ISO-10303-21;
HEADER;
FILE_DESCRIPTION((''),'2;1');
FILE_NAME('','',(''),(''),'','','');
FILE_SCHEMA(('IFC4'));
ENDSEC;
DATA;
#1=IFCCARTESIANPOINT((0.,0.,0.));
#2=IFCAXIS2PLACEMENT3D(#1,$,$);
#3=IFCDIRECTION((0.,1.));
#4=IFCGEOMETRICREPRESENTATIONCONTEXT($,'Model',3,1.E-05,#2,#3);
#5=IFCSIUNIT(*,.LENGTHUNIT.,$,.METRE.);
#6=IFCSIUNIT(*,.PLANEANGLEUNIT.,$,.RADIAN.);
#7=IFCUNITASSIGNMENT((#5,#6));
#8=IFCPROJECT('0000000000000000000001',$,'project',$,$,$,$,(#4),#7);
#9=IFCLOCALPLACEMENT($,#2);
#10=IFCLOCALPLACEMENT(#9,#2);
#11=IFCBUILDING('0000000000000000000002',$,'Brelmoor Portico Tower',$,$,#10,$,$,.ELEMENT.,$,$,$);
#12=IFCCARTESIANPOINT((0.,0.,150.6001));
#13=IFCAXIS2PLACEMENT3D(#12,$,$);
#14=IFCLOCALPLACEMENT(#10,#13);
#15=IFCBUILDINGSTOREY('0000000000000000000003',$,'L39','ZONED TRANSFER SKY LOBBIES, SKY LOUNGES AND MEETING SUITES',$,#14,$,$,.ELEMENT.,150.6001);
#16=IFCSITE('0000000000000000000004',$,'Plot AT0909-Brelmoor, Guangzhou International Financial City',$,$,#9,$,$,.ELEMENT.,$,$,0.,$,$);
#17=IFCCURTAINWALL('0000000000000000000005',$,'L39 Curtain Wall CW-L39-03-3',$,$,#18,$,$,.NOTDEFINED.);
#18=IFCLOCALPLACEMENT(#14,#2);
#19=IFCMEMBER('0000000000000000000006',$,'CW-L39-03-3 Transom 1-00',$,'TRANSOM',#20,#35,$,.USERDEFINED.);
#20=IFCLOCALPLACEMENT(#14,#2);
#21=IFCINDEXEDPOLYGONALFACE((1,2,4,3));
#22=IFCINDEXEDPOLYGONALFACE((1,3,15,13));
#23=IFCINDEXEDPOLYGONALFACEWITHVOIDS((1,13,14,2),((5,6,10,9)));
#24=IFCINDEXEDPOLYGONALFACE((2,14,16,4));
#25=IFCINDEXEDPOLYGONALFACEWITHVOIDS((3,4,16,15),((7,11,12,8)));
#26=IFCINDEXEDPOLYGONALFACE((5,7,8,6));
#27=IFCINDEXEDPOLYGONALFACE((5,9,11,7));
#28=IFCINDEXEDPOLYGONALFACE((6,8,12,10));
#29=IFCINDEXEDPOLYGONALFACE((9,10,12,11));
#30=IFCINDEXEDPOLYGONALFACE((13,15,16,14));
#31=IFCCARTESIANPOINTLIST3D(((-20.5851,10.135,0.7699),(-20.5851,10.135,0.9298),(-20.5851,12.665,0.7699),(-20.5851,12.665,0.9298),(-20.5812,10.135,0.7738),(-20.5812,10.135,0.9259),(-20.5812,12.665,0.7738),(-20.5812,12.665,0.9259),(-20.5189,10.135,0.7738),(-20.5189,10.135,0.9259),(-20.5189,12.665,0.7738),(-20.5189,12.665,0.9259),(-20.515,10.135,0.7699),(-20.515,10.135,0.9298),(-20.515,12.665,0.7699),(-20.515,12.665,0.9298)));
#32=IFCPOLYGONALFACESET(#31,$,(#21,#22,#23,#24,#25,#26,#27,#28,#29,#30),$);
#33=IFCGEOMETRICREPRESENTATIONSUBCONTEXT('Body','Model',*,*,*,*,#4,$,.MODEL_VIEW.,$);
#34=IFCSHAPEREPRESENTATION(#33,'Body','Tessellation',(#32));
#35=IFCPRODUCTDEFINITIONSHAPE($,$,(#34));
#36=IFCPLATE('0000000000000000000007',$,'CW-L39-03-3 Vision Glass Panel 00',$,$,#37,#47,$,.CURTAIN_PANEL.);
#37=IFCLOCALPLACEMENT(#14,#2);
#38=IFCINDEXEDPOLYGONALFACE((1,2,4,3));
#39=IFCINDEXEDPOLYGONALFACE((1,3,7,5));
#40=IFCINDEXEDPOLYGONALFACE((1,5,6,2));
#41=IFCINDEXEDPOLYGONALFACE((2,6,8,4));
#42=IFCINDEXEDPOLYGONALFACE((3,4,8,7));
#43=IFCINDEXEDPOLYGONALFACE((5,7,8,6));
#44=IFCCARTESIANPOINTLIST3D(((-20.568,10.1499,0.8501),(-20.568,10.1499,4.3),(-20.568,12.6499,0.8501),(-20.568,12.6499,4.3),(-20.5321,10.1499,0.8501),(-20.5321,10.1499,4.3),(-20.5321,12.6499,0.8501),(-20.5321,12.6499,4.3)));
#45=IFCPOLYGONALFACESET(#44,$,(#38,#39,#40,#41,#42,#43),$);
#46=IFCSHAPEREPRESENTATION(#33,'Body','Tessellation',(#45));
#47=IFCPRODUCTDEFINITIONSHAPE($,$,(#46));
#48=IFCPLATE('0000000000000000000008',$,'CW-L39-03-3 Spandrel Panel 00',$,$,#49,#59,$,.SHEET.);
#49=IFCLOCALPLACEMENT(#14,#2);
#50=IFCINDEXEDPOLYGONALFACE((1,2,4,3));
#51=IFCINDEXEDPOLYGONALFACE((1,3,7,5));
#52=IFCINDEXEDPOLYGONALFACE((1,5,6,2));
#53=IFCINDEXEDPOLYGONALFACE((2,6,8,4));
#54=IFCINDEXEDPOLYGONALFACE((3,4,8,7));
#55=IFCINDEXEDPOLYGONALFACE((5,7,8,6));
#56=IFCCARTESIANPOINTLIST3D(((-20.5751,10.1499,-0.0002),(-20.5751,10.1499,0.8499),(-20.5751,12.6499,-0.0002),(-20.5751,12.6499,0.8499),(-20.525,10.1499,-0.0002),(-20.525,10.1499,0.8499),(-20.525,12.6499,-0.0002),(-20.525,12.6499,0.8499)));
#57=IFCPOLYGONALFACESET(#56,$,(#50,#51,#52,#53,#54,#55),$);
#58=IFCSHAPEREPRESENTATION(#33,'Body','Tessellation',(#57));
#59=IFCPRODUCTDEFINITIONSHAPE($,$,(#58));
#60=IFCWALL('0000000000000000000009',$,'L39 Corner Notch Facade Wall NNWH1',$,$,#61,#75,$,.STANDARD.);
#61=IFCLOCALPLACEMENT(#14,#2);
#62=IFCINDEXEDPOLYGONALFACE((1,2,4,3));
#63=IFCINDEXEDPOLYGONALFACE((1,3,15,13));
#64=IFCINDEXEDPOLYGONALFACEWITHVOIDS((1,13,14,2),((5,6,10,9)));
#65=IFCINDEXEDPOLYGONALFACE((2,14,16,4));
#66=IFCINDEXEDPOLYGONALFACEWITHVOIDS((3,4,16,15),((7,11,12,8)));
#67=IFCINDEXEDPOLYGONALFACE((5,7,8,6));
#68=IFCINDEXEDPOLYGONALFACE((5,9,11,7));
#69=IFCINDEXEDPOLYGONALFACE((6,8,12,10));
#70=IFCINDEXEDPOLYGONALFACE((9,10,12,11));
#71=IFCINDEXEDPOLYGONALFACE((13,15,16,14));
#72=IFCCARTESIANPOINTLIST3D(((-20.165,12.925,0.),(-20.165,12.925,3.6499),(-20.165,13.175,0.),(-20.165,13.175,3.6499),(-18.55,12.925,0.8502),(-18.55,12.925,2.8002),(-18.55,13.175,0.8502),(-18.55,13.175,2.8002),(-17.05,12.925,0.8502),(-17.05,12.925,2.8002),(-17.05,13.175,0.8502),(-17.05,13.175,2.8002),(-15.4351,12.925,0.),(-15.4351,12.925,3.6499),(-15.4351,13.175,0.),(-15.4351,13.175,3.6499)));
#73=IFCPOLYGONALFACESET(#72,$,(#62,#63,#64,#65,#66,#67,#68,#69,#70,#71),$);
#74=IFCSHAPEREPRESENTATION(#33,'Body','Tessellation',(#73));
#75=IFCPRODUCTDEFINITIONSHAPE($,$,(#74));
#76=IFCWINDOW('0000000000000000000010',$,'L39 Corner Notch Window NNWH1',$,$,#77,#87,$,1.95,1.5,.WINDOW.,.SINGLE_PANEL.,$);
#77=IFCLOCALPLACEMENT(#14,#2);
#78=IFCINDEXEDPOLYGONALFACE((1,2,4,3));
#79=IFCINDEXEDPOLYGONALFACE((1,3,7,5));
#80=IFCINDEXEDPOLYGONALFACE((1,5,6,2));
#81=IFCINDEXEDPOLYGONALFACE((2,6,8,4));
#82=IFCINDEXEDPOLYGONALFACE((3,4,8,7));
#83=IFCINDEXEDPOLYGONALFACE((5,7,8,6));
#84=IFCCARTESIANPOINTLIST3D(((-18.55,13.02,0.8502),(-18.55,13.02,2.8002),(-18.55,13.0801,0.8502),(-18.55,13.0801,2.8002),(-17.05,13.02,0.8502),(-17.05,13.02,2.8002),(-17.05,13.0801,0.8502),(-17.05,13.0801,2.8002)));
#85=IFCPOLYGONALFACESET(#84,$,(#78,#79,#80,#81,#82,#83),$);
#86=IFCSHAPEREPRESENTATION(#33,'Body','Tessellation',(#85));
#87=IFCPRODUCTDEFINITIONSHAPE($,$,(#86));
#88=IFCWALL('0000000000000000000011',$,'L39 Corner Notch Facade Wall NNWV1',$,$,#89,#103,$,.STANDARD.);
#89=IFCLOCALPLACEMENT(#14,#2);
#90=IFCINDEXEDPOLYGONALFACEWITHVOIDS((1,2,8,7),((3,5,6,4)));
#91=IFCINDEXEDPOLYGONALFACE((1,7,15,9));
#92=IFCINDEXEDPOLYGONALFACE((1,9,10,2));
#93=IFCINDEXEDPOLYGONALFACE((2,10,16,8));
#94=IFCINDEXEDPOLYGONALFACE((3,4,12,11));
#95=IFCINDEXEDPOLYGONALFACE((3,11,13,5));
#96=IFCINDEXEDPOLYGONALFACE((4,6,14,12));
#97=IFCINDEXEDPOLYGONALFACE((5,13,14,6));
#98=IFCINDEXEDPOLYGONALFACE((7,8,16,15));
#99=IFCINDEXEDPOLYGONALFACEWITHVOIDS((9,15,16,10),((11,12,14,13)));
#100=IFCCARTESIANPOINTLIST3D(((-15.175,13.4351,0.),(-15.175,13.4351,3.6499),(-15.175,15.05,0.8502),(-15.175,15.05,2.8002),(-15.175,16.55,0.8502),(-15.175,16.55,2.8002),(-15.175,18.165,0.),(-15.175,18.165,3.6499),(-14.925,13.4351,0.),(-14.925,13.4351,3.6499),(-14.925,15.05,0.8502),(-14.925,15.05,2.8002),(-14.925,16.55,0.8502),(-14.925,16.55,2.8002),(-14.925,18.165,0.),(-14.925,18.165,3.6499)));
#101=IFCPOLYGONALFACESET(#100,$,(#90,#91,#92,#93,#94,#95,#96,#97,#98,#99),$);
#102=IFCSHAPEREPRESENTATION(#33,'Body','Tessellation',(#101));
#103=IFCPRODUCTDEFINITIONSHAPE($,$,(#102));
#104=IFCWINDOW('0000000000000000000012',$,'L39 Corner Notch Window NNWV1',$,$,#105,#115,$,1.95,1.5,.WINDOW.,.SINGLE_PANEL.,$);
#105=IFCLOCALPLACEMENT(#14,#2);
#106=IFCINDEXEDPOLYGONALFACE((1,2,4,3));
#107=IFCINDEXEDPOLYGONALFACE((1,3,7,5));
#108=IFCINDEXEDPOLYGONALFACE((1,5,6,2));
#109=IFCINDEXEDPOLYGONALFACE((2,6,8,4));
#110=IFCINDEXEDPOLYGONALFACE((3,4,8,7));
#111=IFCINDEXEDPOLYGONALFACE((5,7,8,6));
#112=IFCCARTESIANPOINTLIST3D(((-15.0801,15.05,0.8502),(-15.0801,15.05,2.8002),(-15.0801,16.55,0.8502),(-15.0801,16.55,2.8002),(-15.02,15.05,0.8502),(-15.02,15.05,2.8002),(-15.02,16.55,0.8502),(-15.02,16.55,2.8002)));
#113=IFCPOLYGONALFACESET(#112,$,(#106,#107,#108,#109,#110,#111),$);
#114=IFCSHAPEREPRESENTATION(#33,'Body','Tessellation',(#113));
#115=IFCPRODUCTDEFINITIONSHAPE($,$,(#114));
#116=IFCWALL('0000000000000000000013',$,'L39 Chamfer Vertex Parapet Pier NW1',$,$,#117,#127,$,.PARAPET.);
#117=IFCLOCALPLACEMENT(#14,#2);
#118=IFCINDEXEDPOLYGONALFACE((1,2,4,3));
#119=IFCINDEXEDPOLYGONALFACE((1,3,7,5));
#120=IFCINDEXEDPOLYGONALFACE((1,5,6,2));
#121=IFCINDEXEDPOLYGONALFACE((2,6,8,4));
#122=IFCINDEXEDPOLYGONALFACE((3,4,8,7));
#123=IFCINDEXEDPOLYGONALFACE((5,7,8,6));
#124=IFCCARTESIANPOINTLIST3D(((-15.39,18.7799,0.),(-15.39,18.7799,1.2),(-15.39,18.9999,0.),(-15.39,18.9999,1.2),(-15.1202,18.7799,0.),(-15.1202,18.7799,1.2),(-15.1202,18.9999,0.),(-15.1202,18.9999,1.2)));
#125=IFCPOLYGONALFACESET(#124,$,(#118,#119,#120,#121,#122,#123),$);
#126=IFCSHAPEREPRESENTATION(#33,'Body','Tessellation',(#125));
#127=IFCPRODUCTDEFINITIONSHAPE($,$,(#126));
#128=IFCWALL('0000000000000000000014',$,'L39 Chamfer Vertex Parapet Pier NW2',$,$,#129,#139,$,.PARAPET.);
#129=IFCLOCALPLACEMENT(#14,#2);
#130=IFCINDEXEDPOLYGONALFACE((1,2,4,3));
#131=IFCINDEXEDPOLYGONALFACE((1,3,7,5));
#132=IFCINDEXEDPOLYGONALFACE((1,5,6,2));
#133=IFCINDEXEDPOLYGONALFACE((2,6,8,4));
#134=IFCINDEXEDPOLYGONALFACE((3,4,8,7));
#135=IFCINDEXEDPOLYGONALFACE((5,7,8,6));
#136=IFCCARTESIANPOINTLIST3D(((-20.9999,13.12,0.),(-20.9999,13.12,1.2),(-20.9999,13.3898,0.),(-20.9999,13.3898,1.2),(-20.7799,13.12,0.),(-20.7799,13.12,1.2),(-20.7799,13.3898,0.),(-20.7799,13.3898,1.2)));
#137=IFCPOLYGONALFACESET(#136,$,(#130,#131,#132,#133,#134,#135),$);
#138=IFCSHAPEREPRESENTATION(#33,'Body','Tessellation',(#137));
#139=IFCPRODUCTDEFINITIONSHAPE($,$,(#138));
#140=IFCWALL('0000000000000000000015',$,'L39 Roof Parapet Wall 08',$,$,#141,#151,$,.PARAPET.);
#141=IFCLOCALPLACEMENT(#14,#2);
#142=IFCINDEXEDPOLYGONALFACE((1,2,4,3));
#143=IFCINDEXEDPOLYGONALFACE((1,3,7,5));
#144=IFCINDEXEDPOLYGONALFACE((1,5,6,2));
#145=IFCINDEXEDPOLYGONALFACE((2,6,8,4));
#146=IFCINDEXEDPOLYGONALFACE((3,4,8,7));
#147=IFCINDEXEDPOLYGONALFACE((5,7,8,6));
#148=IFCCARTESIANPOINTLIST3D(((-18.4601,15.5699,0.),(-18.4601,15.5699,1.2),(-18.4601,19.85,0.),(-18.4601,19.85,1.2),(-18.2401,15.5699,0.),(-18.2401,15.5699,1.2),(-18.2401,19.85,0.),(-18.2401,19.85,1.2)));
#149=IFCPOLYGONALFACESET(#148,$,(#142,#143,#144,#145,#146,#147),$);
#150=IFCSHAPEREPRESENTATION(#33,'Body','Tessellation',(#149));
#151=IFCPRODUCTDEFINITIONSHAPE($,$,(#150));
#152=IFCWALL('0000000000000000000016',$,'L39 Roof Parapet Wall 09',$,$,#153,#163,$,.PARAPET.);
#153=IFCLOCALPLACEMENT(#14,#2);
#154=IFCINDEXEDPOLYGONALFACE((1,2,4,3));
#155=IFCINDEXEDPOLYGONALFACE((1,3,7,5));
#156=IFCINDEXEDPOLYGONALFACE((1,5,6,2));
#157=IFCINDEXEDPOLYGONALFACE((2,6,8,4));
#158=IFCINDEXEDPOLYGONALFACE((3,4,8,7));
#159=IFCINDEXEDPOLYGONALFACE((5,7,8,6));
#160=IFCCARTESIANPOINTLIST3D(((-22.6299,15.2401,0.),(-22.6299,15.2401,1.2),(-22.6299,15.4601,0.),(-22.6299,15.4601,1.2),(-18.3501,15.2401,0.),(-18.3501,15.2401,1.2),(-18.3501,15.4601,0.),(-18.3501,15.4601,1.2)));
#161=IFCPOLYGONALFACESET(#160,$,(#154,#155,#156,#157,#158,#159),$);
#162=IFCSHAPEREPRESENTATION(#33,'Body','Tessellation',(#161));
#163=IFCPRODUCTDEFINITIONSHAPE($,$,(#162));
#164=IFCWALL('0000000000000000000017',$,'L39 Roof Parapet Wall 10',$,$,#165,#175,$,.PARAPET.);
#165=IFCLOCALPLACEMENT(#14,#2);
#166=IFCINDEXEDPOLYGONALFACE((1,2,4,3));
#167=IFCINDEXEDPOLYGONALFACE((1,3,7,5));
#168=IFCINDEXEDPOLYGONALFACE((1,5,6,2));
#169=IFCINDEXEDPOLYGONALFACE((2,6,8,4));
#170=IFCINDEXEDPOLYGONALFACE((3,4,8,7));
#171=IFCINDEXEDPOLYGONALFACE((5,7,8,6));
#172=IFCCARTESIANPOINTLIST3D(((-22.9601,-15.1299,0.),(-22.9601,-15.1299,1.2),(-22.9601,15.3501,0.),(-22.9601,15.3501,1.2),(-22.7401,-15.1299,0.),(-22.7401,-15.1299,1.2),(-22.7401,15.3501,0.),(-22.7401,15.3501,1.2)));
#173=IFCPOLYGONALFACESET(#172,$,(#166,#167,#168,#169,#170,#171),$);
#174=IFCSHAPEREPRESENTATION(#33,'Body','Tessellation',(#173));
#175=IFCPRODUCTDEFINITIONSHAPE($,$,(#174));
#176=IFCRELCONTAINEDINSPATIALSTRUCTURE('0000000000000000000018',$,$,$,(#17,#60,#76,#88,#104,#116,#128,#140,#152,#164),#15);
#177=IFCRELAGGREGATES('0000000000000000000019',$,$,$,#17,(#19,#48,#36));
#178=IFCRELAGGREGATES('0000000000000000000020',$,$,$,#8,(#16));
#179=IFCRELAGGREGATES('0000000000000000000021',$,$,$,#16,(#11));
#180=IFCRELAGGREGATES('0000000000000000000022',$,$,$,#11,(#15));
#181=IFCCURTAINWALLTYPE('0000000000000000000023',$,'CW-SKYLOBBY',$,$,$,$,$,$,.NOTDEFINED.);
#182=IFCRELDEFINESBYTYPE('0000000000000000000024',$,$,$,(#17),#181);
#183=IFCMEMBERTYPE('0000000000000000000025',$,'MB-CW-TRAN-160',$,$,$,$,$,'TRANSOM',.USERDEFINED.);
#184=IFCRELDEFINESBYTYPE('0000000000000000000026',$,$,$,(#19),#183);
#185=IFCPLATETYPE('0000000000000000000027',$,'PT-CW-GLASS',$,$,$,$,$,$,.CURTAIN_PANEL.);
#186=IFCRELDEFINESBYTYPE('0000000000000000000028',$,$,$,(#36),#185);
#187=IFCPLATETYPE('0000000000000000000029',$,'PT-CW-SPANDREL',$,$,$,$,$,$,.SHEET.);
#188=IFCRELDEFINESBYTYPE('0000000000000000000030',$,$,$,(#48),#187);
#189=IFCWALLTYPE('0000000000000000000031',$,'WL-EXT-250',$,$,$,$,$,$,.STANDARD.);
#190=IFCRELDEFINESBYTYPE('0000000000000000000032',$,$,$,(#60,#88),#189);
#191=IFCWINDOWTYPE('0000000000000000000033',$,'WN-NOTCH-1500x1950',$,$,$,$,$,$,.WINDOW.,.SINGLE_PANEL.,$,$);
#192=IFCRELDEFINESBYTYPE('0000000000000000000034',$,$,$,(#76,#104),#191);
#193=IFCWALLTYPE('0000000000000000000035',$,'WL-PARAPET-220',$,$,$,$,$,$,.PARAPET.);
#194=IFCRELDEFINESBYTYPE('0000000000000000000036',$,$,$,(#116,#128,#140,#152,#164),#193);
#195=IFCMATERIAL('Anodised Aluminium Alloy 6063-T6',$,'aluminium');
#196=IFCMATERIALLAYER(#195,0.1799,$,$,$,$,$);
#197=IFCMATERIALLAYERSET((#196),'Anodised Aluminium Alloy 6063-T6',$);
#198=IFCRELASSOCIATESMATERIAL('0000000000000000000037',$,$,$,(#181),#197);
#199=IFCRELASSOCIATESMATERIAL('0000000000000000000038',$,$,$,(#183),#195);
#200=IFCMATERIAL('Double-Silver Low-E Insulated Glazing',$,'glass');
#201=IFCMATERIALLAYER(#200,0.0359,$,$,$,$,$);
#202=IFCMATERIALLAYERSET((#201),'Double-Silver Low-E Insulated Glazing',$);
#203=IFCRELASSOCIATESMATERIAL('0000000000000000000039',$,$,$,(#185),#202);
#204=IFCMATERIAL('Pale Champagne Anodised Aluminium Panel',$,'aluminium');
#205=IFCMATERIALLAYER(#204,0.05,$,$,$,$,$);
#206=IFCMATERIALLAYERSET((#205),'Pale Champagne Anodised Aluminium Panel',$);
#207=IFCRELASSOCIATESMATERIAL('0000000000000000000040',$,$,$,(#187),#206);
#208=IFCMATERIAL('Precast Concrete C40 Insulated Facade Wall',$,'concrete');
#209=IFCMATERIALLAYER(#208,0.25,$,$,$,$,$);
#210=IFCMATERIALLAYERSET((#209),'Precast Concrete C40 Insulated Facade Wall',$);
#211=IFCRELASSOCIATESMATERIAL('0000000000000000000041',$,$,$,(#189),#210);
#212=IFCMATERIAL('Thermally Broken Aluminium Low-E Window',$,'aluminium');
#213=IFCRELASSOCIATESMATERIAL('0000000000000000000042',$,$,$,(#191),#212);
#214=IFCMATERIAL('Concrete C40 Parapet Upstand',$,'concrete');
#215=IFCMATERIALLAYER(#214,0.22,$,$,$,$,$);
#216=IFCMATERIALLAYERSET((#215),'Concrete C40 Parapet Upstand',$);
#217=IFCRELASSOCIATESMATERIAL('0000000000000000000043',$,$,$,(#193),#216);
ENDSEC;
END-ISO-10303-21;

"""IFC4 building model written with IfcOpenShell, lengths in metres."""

from ifc_helpers import new_model, si_unit, direction, frame, frame_2d, origin, origin_2d, place, context, subcontext, project, spatial, rectangle, hollow_rectangle, extrude, material, layer, layer_set, material_profile, profile_set, type_object, element, fill, aggregate, save


model = new_model("IFC4")

# Units and contexts
model_context = context("Model", 3, precision=1e-05, world=origin(), true_north=direction((0.0, 1.0)))
body_context = subcontext(model_context, "Body", "Model", "MODEL_VIEW")
ifc_project = project(units=[si_unit("LENGTHUNIT", "METRE"), si_unit("PLANEANGLEUNIT", "RADIAN")], contexts=[model_context])

# Site, building, storey
site_placement = place(None, origin())
site = spatial("IfcSite", under=ifc_project, at=site_placement, Name="Plot AT0909-Brelmoor, Guangzhou International Financial City", CompositionType="ELEMENT", RefElevation=0.0)
building_placement = place(site_placement, origin())
building = spatial("IfcBuilding", under=site, at=building_placement, Name="Brelmoor Portico Tower", CompositionType="ELEMENT")
storey_placement = place(building_placement, frame((0.0, 0.0, 150.6001)))
storey = spatial("IfcBuildingStorey", under=building, at=storey_placement, Name="L39", Description="ZONED TRANSFER SKY LOBBIES, SKY LOUNGES AND MEETING SUITES", CompositionType="ELEMENT", Elevation=150.6001)

# Shared definitions
ifc_material_1 = material(Name="Anodised Aluminium Alloy 6063-T6", Category="aluminium")
ifc_layer_1 = layer(ifc_material_1, 0.1799)
ifc_layer_set_1 = layer_set([ifc_layer_1], Name="Anodised Aluminium Alloy 6063-T6")
curtain_wall_type = type_object("IfcCurtainWallType", Name="CW-SKYLOBBY", PredefinedType="NOTDEFINED", material=ifc_layer_set_1)

# Curtain wall
curtain_wall_1_placement = place(storey_placement, origin())
curtain_wall_1 = element("IfcCurtainWall", 1, at=curtain_wall_1_placement, inside=storey, type_object=curtain_wall_type, Name="L39 Curtain Wall CW-L39-03-3", PredefinedType="NOTDEFINED")

# Member
ifc_material_profile_1 = material_profile(ifc_material_1, hollow_rectangle(XDim=0.0701, YDim=0.1599, WallThickness=0.0039, at=origin_2d()), Name="ALU TRANSOM 70x160")
ifc_profile_set_1 = profile_set([ifc_material_profile_1], Name="Anodised Aluminium Alloy 6063-T6")
member_type_1 = type_object("IfcMemberType", Name="MB-CW-TRAN-160", ElementType="TRANSOM", PredefinedType="USERDEFINED", material=ifc_profile_set_1)
member_1_placement = place(storey_placement, frame((-20.55, 10.135, 0.8499), z_axis=(0.0, 1.0, 0.0), x_axis=(-1.0, 0.0, 0.0)))
member_1 = element("IfcMember", 2, at=member_1_placement, type_object=member_type_1, Name="CW-L39-03-3 Transom 1-00", ObjectType="TRANSOM", PredefinedType="USERDEFINED", context=body_context, shape_type="SweptSolid", body=[
    extrude(hollow_rectangle(XDim=0.0701, YDim=0.1599, WallThickness=0.0039, at=origin_2d()), origin(), (0.0, 0.0, 1.0), 2.53),
])

# Plates
ifc_material_2 = material(Name="Double-Silver Low-E Insulated Glazing", Category="glass")
ifc_layer_2 = layer(ifc_material_2, 0.0359)
ifc_layer_set_2 = layer_set([ifc_layer_2], Name="Double-Silver Low-E Insulated Glazing")
plate_type_1 = type_object("IfcPlateType", Name="PT-CW-GLASS", PredefinedType="CURTAIN_PANEL", material=ifc_layer_set_2)
plate_1_placement = place(storey_placement, frame((-20.55, 11.3999, 0.8501), z_axis=(0.0, 0.0, 1.0), x_axis=(0.0, 1.0, 0.0)))
plate_1 = element("IfcPlate", 3, at=plate_1_placement, type_object=plate_type_1, Name="CW-L39-03-3 Vision Glass Panel 00", PredefinedType="CURTAIN_PANEL", context=body_context, shape_type="SweptSolid", body=[
    extrude(rectangle(XDim=2.5, YDim=0.0359, at=origin_2d()), origin(), (0.0, 0.0, 1.0), 3.45),
])
ifc_material_3 = material(Name="Pale Champagne Anodised Aluminium Panel", Category="aluminium")
ifc_layer_3 = layer(ifc_material_3, 0.05)
ifc_layer_set_3 = layer_set([ifc_layer_3], Name="Pale Champagne Anodised Aluminium Panel")
plate_type_2 = type_object("IfcPlateType", Name="PT-CW-SPANDREL", PredefinedType="SHEET", material=ifc_layer_set_3)
plate_2_placement = place(storey_placement, frame((-20.55, 11.3999, -0.0002), z_axis=(0.0, 0.0, 1.0), x_axis=(0.0, 1.0, 0.0)))
plate_2 = element("IfcPlate", 4, at=plate_2_placement, type_object=plate_type_2, Name="CW-L39-03-3 Spandrel Panel 00", PredefinedType="SHEET", context=body_context, shape_type="SweptSolid", body=[
    extrude(rectangle(XDim=2.5, YDim=0.05, at=origin_2d()), origin(), (0.0, 0.0, 1.0), 0.8501),
])
aggregate(curtain_wall_1, [member_1, plate_2, plate_1])

# Walls, openings, windows
ifc_material_4 = material(Name="Precast Concrete C40 Insulated Facade Wall", Category="concrete")
ifc_layer_4 = layer(ifc_material_4, 0.25)
ifc_layer_set_4 = layer_set([ifc_layer_4], Name="Precast Concrete C40 Insulated Facade Wall")
wall_type_1 = type_object("IfcWallType", Name="WL-EXT-250", PredefinedType="STANDARD", material=ifc_layer_set_4)
wall_1_placement = place(storey_placement, frame((-20.165, 13.05, 0.0), z_axis=(0.0, 0.0, 1.0), x_axis=(1.0, 0.0, 0.0)))
wall_1 = element("IfcWall", 5, at=wall_1_placement, inside=storey, type_object=wall_type_1, Name="L39 Corner Notch Facade Wall NNWH1", PredefinedType="STANDARD", context=body_context, shape_type="SweptSolid", body=[
    extrude(rectangle(XDim=4.73, YDim=0.25, at=frame_2d((2.365, 0.0))), origin(), (0.0, 0.0, 1.0), 3.6499),
])
opening_1_placement = place(wall_1_placement, frame((1.615, 0.0, 0.8501)))
opening_1 = element("IfcOpeningElement", 6, at=opening_1_placement, cuts=wall_1, PredefinedType="OPENING", context=body_context, shape_type="SweptSolid", body=[
    extrude(rectangle(XDim=1.5, YDim=1.95, at=frame_2d((0.75, 0.9751))), frame((0.0, 0.135, 0.0), z_axis=(0.0, -1.0, 0.0), x_axis=(1.0, 0.0, 0.0)), (0.0, 0.0, 1.0), 0.27),
])
ifc_material_5 = material(Name="Thermally Broken Aluminium Low-E Window", Category="aluminium")
window_type = type_object("IfcWindowType", Name="WN-NOTCH-1500x1950", PartitioningType="SINGLE_PANEL", PredefinedType="WINDOW", material=ifc_material_5)
window_1_placement = place(opening_1_placement, origin())
window_1 = element("IfcWindow", 7, at=window_1_placement, inside=storey, type_object=window_type, Name="L39 Corner Notch Window NNWH1", OverallHeight=1.95, OverallWidth=1.5, PartitioningType="SINGLE_PANEL", PredefinedType="WINDOW", context=body_context, shape_type="SweptSolid", body=[
    extrude(rectangle(XDim=1.5, YDim=1.95, at=frame_2d((0.75, 0.9751))), frame((0.0, 0.03, 0.0), z_axis=(0.0, -1.0, 0.0), x_axis=(1.0, 0.0, 0.0)), (0.0, 0.0, 1.0), 0.0601),
])
fill(opening_1, window_1)
wall_2_placement = place(storey_placement, frame((-15.05, 13.4351, 0.0), z_axis=(0.0, 0.0, 1.0), x_axis=(0.0, 1.0, 0.0)))
wall_2 = element("IfcWall", 8, at=wall_2_placement, inside=storey, type_object=wall_type_1, Name="L39 Corner Notch Facade Wall NNWV1", PredefinedType="STANDARD", context=body_context, shape_type="SweptSolid", body=[
    extrude(rectangle(XDim=4.73, YDim=0.25, at=frame_2d((2.365, 0.0))), origin(), (0.0, 0.0, 1.0), 3.6499),
])
opening_2_placement = place(wall_2_placement, frame((1.615, 0.0, 0.8501)))
opening_2 = element("IfcOpeningElement", 9, at=opening_2_placement, cuts=wall_2, PredefinedType="OPENING", context=body_context, shape_type="SweptSolid", body=[
    extrude(rectangle(XDim=1.5, YDim=1.95, at=frame_2d((0.75, 0.9751))), frame((0.0, 0.135, 0.0), z_axis=(0.0, -1.0, 0.0), x_axis=(1.0, 0.0, 0.0)), (0.0, 0.0, 1.0), 0.27),
])
window_2_placement = place(opening_2_placement, origin())
window_2 = element("IfcWindow", 10, at=window_2_placement, inside=storey, type_object=window_type, Name="L39 Corner Notch Window NNWV1", OverallHeight=1.95, OverallWidth=1.5, PartitioningType="SINGLE_PANEL", PredefinedType="WINDOW", context=body_context, shape_type="SweptSolid", body=[
    extrude(rectangle(XDim=1.5, YDim=1.95, at=frame_2d((0.75, 0.9751))), frame((0.0, 0.03, 0.0), z_axis=(0.0, -1.0, 0.0), x_axis=(1.0, 0.0, 0.0)), (0.0, 0.0, 1.0), 0.0601),
])
fill(opening_2, window_2)

# Walls
ifc_material_6 = material(Name="Concrete C40 Parapet Upstand", Category="concrete")
ifc_layer_5 = layer(ifc_material_6, 0.22)
ifc_layer_set_5 = layer_set([ifc_layer_5], Name="Concrete C40 Parapet Upstand")
wall_type_2 = type_object("IfcWallType", Name="WL-PARAPET-220", PredefinedType="PARAPET", material=ifc_layer_set_5)
for number, where, z_axis, x_axis, name in (
    (11, (-15.3899, 18.8899, 0.0), (0.0, 0.0, 1.0), (1.0, 0.0, 0.0), "L39 Chamfer Vertex Parapet Pier NW1"),
    (12, (-20.8899, 13.1201, 0.0), (0.0, 0.0, 1.0), (0.0, 1.0, 0.0), "L39 Chamfer Vertex Parapet Pier NW2"),
):
    element("IfcWall", number, at=place(storey_placement, frame(where, z_axis=z_axis, x_axis=x_axis)), inside=storey, type_object=wall_type_2, Name=name, PredefinedType="PARAPET", context=body_context, shape_type="SweptSolid", body=[
        extrude(rectangle(XDim=0.2698, YDim=0.22, at=frame_2d((0.1348, 0.0))), origin(), (0.0, 0.0, 1.0), 1.2),
    ])
wall_3_placement = place(storey_placement, frame((-18.3501, 19.8501, 0.0), z_axis=(0.0, 0.0, 1.0), x_axis=(0.0, -1.0, 0.0)))
element("IfcWall", 13, at=wall_3_placement, inside=storey, type_object=wall_type_2, Name="L39 Roof Parapet Wall 08", PredefinedType="PARAPET", context=body_context, shape_type="SweptSolid", body=[
    extrude(rectangle(XDim=4.28, YDim=0.22, at=frame_2d((2.1401, 0.0))), origin(), (0.0, 0.0, 1.0), 1.2),
])
wall_4_placement = place(storey_placement, frame((-18.3501, 15.3501, 0.0), z_axis=(0.0, 0.0, 1.0), x_axis=(-1.0, 0.0, 0.0)))
element("IfcWall", 14, at=wall_4_placement, inside=storey, type_object=wall_type_2, Name="L39 Roof Parapet Wall 09", PredefinedType="PARAPET", context=body_context, shape_type="SweptSolid", body=[
    extrude(rectangle(XDim=4.2798, YDim=0.22, at=frame_2d((2.1399, 0.0))), origin(), (0.0, 0.0, 1.0), 1.2),
])
wall_5_placement = place(storey_placement, frame((-22.8501, 15.3501, 0.0), z_axis=(0.0, 0.0, 1.0), x_axis=(0.0, -1.0, 0.0)))
element("IfcWall", 15, at=wall_5_placement, inside=storey, type_object=wall_type_2, Name="L39 Roof Parapet Wall 10", PredefinedType="PARAPET", context=body_context, shape_type="SweptSolid", body=[
    extrude(rectangle(XDim=30.48, YDim=0.22, at=frame_2d((15.24, 0.0))), origin(), (0.0, 0.0, 1.0), 1.2),
])

save(model, "model.ifc")
